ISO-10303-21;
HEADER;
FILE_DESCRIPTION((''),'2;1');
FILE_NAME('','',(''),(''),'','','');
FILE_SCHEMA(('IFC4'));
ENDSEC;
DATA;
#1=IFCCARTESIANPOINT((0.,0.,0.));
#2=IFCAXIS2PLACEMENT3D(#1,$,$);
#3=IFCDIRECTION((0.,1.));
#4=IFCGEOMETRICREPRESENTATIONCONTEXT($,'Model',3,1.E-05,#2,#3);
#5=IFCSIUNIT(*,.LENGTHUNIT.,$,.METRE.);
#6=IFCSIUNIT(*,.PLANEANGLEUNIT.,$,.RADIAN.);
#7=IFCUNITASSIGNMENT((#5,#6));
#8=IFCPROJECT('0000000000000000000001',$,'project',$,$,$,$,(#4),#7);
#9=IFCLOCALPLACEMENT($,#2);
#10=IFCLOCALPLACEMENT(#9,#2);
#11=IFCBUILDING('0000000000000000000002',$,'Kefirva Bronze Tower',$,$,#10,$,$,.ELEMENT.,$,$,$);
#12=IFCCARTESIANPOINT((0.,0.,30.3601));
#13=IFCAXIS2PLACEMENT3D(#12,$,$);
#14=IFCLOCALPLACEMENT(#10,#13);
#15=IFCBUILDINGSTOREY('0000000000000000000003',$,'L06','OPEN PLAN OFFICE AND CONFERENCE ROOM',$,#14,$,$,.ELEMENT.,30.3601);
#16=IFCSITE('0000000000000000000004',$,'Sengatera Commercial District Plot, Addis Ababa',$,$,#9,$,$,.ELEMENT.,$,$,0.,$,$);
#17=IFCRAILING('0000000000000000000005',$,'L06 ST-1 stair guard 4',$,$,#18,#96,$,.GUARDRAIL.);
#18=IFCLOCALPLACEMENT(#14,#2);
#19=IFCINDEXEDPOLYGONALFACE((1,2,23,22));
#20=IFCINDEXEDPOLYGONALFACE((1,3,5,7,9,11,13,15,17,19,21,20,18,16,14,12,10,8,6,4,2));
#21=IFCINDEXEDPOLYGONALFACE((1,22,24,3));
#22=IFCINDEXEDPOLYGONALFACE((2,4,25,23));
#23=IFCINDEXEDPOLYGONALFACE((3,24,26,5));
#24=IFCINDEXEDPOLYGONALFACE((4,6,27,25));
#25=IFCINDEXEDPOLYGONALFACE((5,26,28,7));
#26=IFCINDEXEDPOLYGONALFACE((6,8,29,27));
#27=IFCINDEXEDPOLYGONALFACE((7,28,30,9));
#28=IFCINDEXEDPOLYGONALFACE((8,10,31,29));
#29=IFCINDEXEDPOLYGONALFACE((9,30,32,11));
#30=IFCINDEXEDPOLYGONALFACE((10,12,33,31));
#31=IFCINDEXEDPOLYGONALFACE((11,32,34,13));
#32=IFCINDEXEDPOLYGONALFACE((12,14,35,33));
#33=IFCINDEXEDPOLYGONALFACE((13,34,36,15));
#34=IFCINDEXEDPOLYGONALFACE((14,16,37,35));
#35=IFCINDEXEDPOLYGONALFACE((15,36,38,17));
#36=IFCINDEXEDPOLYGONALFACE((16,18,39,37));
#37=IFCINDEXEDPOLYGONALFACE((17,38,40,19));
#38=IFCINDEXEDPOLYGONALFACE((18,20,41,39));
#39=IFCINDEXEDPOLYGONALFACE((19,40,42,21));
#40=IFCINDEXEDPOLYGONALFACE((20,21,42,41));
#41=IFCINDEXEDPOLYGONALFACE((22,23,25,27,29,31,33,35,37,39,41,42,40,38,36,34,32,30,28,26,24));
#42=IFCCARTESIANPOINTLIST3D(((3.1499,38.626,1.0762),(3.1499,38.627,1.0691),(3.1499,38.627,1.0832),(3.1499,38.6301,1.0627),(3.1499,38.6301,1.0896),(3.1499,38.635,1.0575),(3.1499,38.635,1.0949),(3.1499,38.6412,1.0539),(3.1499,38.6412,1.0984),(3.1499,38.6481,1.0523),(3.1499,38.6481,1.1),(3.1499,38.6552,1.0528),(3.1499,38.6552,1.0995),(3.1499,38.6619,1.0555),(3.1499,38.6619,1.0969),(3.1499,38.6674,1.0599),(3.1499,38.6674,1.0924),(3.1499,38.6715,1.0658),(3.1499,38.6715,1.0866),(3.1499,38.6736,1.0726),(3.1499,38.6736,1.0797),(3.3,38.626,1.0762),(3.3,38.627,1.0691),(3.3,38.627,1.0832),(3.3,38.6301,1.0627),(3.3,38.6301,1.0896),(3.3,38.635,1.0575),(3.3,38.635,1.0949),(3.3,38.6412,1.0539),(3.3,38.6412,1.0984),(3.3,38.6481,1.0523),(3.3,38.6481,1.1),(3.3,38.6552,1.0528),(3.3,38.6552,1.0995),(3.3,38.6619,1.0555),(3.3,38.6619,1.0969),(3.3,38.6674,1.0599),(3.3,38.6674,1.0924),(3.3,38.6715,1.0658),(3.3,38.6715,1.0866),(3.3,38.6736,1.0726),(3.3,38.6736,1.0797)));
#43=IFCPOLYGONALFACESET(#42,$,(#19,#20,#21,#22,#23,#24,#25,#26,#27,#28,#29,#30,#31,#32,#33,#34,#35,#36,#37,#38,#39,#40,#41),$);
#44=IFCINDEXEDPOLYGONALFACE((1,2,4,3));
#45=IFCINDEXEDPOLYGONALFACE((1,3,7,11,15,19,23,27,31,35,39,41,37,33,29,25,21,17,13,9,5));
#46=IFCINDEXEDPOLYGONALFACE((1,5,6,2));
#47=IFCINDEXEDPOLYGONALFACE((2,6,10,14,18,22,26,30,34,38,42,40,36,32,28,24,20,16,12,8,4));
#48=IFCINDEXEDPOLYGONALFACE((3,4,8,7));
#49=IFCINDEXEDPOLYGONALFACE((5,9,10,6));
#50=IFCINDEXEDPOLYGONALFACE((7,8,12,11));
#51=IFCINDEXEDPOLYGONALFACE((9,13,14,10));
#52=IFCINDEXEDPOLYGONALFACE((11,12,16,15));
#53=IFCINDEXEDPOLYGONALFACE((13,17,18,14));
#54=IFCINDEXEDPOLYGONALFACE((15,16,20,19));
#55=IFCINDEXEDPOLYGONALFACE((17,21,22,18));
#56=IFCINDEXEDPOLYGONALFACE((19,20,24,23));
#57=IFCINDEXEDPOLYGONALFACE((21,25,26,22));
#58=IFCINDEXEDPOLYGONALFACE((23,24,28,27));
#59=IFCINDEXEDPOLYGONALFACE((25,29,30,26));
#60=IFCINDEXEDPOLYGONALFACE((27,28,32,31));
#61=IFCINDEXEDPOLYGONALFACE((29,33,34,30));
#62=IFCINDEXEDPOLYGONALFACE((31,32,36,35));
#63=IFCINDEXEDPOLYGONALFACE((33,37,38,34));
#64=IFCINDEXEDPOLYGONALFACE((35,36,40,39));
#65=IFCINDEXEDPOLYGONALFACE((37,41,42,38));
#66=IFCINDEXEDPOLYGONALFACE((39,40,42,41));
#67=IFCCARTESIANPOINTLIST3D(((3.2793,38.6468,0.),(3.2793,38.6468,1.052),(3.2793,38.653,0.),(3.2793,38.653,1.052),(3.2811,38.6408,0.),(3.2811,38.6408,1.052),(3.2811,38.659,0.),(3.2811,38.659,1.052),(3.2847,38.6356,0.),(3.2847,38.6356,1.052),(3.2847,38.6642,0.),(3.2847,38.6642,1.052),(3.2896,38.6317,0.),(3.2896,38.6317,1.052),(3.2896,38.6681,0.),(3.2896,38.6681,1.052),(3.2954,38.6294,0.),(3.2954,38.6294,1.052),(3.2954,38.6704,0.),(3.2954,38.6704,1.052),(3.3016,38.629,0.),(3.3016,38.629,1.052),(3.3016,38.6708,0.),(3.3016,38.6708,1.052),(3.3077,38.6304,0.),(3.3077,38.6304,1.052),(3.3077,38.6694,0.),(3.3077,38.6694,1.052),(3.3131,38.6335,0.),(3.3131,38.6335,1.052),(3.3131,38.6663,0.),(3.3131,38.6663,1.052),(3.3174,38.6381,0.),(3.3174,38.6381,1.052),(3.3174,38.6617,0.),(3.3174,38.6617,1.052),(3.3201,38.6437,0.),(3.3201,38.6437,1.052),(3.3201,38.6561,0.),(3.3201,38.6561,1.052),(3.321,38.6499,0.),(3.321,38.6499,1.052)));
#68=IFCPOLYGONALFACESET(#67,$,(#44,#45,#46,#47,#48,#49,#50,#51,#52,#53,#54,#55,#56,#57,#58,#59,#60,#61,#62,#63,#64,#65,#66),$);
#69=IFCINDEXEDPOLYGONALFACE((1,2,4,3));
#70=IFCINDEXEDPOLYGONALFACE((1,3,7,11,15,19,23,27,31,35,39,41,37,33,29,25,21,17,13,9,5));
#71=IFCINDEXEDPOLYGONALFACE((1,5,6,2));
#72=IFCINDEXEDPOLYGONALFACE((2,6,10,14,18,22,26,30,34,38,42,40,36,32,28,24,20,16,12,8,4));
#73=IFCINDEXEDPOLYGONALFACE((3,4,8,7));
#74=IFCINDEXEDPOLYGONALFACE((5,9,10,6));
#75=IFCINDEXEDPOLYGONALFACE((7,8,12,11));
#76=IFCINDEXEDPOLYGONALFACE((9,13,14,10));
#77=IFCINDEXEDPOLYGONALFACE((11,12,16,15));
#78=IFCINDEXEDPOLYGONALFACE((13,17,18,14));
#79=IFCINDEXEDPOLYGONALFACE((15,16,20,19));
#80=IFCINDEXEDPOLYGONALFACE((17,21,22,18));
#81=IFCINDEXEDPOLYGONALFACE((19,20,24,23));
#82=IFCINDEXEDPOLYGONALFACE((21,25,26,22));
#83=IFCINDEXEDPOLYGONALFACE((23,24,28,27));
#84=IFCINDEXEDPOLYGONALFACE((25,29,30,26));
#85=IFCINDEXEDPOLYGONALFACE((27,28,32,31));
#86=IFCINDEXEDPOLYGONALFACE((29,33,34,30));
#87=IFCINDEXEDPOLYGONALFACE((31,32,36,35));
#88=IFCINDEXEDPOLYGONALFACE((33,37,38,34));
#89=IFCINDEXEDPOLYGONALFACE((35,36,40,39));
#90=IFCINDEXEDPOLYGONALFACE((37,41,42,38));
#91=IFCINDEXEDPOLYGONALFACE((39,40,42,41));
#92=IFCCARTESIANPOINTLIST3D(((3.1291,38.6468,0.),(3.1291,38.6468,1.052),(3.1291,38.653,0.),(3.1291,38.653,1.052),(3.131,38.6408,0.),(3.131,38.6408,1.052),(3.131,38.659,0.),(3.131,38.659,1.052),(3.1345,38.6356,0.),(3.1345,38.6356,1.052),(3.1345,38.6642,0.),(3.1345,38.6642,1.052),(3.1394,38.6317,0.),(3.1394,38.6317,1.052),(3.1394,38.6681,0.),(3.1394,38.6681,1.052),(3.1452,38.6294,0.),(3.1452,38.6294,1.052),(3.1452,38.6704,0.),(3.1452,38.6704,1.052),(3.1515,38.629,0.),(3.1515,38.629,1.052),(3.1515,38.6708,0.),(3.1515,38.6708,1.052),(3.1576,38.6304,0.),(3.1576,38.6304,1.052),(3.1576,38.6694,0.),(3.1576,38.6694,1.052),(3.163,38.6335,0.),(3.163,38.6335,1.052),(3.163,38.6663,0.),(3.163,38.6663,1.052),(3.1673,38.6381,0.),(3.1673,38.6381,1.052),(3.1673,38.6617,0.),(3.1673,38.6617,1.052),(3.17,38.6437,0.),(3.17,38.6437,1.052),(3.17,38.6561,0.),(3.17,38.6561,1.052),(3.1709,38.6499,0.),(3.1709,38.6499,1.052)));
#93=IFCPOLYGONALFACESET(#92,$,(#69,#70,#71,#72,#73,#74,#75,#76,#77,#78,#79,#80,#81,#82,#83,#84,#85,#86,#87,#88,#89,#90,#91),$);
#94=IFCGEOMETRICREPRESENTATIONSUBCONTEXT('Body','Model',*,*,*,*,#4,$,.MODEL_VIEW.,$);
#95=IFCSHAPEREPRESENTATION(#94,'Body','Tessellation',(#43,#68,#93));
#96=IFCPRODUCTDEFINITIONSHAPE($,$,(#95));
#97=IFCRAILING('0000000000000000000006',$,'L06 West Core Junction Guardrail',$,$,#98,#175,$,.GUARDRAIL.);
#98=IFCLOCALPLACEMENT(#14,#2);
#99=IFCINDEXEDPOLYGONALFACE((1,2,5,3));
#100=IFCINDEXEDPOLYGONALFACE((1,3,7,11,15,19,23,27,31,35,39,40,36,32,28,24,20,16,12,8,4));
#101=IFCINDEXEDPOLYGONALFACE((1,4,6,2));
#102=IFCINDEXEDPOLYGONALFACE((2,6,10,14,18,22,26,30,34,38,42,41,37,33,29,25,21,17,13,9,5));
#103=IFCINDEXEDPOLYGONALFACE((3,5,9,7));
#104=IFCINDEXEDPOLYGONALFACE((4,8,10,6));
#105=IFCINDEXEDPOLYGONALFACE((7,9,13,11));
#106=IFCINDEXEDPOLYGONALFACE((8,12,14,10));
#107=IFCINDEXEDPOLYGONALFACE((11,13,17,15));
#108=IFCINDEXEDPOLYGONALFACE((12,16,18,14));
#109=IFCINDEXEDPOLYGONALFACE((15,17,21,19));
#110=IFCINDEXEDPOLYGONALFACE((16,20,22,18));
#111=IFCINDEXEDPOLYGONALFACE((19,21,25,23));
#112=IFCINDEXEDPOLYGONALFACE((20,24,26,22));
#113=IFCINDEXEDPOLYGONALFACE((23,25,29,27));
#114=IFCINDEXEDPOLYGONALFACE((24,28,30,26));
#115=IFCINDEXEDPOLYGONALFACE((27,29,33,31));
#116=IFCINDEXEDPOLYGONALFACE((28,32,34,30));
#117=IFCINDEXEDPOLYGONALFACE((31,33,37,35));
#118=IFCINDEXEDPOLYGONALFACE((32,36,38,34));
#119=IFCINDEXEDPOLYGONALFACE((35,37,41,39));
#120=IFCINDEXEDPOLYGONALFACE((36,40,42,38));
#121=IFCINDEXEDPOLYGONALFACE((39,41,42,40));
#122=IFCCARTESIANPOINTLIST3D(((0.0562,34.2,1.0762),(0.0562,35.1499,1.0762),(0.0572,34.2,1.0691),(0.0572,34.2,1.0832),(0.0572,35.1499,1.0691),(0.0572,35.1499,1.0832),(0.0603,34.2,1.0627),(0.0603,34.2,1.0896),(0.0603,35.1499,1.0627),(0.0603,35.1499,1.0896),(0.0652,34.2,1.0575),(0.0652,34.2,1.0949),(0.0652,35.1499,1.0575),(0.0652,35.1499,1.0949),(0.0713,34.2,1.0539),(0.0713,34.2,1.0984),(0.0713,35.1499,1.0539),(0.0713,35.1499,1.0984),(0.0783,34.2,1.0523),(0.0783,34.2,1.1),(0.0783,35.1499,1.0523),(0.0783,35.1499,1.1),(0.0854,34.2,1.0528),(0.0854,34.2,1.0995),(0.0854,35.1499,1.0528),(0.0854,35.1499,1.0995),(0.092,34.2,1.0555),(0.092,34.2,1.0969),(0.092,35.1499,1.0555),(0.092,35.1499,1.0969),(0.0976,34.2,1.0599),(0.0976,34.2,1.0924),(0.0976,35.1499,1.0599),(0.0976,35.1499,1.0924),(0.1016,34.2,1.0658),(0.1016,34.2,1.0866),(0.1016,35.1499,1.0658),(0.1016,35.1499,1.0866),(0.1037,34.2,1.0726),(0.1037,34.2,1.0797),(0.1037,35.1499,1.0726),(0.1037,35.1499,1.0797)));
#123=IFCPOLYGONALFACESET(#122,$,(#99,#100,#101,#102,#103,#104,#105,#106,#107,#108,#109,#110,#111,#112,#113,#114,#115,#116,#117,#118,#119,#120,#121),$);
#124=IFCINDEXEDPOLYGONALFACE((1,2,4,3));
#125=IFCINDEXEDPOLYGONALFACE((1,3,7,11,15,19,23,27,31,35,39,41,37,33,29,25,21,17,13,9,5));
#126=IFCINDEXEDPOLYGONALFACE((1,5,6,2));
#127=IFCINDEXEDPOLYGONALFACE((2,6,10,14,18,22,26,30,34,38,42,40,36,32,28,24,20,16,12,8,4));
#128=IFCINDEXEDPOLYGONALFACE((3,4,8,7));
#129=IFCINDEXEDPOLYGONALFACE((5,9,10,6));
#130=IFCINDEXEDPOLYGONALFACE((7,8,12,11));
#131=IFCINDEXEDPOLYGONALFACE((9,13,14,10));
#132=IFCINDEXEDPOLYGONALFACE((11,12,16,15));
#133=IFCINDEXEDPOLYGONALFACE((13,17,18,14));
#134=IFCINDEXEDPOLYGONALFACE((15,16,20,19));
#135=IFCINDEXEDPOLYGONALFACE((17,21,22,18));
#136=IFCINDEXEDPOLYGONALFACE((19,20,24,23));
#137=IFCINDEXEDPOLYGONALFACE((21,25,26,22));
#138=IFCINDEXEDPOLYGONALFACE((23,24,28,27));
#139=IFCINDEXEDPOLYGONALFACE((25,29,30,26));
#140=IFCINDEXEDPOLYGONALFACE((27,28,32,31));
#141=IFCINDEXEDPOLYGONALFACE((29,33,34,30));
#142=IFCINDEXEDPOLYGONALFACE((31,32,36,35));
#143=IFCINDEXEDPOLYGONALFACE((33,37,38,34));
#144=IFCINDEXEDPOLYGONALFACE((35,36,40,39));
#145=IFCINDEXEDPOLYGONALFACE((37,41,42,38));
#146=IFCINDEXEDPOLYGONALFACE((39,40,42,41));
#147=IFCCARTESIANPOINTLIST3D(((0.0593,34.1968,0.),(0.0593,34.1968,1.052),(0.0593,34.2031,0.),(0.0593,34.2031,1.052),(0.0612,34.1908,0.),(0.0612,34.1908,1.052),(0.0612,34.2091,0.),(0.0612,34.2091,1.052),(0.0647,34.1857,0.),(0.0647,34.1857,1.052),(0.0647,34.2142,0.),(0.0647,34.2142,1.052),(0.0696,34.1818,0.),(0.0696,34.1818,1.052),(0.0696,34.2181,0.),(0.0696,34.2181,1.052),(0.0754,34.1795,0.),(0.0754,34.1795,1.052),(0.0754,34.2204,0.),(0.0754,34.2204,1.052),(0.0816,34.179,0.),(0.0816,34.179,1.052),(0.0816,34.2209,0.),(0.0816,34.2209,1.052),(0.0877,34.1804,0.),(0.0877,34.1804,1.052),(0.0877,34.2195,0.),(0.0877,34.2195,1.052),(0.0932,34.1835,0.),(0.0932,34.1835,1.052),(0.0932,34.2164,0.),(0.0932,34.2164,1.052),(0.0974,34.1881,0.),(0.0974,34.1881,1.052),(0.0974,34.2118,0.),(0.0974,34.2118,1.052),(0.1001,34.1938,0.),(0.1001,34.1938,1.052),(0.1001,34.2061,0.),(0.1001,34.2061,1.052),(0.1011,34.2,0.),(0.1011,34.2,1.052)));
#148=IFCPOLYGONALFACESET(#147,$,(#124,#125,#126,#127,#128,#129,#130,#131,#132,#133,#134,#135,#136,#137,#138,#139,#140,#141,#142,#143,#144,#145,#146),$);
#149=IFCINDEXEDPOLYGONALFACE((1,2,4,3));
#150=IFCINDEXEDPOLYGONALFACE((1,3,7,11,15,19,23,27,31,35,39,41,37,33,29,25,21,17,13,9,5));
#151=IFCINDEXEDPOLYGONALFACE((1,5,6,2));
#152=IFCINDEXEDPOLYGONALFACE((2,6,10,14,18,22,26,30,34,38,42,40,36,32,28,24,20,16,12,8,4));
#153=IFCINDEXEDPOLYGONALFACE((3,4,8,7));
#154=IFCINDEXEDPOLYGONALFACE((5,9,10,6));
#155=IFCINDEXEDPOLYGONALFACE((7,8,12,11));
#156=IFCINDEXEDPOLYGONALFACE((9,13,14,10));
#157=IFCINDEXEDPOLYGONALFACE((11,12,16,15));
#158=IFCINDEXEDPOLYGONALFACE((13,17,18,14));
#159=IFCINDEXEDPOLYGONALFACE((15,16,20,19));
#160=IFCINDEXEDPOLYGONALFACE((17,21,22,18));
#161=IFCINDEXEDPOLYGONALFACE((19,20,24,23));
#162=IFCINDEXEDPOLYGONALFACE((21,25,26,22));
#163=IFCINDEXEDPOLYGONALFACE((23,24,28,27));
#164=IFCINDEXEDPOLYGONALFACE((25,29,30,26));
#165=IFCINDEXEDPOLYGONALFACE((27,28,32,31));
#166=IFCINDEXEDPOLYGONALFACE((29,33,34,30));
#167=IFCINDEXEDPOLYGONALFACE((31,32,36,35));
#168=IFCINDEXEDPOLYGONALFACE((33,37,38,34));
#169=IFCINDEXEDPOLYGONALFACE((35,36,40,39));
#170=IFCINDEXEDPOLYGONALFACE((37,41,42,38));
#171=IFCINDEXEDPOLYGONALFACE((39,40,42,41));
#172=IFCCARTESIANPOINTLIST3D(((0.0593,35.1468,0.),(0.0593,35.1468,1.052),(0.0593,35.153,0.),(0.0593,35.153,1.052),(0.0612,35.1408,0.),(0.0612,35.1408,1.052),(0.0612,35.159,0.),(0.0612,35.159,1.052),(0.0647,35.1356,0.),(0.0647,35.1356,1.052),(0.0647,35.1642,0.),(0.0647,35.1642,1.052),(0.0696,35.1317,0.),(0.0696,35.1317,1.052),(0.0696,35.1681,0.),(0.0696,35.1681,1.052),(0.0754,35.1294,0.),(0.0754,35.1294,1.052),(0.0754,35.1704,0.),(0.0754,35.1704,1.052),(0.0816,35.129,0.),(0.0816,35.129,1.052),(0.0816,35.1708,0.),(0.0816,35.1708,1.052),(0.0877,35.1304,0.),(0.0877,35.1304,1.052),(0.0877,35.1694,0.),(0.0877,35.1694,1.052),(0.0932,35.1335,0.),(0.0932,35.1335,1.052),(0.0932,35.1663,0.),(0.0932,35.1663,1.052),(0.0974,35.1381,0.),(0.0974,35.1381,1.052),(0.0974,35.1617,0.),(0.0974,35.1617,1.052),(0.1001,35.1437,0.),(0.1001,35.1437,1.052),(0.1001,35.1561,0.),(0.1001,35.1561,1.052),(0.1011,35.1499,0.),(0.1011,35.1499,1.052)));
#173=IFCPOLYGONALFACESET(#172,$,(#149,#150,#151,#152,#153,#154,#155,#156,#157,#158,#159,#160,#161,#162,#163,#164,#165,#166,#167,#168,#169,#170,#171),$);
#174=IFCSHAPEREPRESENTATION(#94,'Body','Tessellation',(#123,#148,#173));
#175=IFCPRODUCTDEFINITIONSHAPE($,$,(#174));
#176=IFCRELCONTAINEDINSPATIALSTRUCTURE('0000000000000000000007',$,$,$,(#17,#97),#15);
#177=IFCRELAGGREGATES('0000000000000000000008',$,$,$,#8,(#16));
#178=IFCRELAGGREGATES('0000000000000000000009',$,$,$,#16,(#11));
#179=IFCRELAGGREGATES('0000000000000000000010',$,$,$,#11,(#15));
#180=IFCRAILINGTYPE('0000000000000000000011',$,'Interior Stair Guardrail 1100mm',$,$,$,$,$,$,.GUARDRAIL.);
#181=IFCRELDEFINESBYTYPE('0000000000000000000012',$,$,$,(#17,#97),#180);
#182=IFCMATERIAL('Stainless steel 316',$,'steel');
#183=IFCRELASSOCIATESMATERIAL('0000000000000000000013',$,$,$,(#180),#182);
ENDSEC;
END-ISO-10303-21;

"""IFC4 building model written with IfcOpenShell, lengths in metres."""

from ifc_helpers import new_model, si_unit, direction, frame, origin, origin_2d, place, context, subcontext, project, spatial, circle, extrude, material, type_object, element, save


model = new_model("IFC4")

# Units and contexts
model_context = context("Model", 3, precision=1e-05, world=origin(), true_north=direction((0.0, 1.0)))
body_context = subcontext(model_context, "Body", "Model", "MODEL_VIEW")
ifc_project = project(units=[si_unit("LENGTHUNIT", "METRE"), si_unit("PLANEANGLEUNIT", "RADIAN")], contexts=[model_context])

# Site, building, storey
site_placement = place(None, origin())
site = spatial("IfcSite", under=ifc_project, at=site_placement, Name="Sengatera Commercial District Plot, Addis Ababa", CompositionType="ELEMENT", RefElevation=0.0)
building_placement = place(site_placement, origin())
building = spatial("IfcBuilding", under=site, at=building_placement, Name="Kefirva Bronze Tower", CompositionType="ELEMENT")
storey_placement = place(building_placement, frame((0.0, 0.0, 30.3601)))
storey = spatial("IfcBuildingStorey", under=building, at=storey_placement, Name="L06", Description="OPEN PLAN OFFICE AND CONFERENCE ROOM", CompositionType="ELEMENT", Elevation=30.3601)

# Railings
ifc_material_1 = material(Name="Stainless steel 316", Category="steel")
railing_type_1 = type_object("IfcRailingType", Name="Interior Stair Guardrail 1100mm", PredefinedType="GUARDRAIL", material=ifc_material_1)
railing_1_placement = place(storey_placement, frame((3.3, 38.6499, 0.0)))
element("IfcRailing", 1, at=railing_1_placement, inside=storey, type_object=railing_type_1, Name="L06 ST-1 stair guard 4", PredefinedType="GUARDRAIL", context=body_context, shape_type="SweptSolid", body=[
    extrude(circle(Radius=0.0239, at=origin_2d()), frame((0.0, 0.0, 1.0762), z_axis=(-1.0, 0.0, 0.0), x_axis=(0.0, -1.0, 0.0)), (0.0, 0.0, 1.0), 0.1501),
    extrude(circle(Radius=0.021, at=origin_2d()), origin(), (0.0, 0.0, 1.0), 1.052),
    extrude(circle(Radius=0.021, at=origin_2d()), frame((-0.1501, 0.0, 0.0)), (0.0, 0.0, 1.0), 1.052),
])
railing_2_placement = place(storey_placement, frame((0.0801, 34.2, 0.0)))
element("IfcRailing", 2, at=railing_2_placement, inside=storey, type_object=railing_type_1, Name="L06 West Core Junction Guardrail", PredefinedType="GUARDRAIL", context=body_context, shape_type="SweptSolid", body=[
    extrude(circle(Radius=0.0239, at=origin_2d()), frame((0.0, 0.0, 1.0762), z_axis=(0.0, 1.0, 0.0), x_axis=(-1.0, 0.0, 0.0)), (0.0, 0.0, 1.0), 0.95),
    extrude(circle(Radius=0.021, at=origin_2d()), origin(), (0.0, 0.0, 1.0), 1.052),
    extrude(circle(Radius=0.021, at=origin_2d()), frame((0.0, 0.95, 0.0)), (0.0, 0.0, 1.0), 1.052),
])

save(model, "model.ifc")
